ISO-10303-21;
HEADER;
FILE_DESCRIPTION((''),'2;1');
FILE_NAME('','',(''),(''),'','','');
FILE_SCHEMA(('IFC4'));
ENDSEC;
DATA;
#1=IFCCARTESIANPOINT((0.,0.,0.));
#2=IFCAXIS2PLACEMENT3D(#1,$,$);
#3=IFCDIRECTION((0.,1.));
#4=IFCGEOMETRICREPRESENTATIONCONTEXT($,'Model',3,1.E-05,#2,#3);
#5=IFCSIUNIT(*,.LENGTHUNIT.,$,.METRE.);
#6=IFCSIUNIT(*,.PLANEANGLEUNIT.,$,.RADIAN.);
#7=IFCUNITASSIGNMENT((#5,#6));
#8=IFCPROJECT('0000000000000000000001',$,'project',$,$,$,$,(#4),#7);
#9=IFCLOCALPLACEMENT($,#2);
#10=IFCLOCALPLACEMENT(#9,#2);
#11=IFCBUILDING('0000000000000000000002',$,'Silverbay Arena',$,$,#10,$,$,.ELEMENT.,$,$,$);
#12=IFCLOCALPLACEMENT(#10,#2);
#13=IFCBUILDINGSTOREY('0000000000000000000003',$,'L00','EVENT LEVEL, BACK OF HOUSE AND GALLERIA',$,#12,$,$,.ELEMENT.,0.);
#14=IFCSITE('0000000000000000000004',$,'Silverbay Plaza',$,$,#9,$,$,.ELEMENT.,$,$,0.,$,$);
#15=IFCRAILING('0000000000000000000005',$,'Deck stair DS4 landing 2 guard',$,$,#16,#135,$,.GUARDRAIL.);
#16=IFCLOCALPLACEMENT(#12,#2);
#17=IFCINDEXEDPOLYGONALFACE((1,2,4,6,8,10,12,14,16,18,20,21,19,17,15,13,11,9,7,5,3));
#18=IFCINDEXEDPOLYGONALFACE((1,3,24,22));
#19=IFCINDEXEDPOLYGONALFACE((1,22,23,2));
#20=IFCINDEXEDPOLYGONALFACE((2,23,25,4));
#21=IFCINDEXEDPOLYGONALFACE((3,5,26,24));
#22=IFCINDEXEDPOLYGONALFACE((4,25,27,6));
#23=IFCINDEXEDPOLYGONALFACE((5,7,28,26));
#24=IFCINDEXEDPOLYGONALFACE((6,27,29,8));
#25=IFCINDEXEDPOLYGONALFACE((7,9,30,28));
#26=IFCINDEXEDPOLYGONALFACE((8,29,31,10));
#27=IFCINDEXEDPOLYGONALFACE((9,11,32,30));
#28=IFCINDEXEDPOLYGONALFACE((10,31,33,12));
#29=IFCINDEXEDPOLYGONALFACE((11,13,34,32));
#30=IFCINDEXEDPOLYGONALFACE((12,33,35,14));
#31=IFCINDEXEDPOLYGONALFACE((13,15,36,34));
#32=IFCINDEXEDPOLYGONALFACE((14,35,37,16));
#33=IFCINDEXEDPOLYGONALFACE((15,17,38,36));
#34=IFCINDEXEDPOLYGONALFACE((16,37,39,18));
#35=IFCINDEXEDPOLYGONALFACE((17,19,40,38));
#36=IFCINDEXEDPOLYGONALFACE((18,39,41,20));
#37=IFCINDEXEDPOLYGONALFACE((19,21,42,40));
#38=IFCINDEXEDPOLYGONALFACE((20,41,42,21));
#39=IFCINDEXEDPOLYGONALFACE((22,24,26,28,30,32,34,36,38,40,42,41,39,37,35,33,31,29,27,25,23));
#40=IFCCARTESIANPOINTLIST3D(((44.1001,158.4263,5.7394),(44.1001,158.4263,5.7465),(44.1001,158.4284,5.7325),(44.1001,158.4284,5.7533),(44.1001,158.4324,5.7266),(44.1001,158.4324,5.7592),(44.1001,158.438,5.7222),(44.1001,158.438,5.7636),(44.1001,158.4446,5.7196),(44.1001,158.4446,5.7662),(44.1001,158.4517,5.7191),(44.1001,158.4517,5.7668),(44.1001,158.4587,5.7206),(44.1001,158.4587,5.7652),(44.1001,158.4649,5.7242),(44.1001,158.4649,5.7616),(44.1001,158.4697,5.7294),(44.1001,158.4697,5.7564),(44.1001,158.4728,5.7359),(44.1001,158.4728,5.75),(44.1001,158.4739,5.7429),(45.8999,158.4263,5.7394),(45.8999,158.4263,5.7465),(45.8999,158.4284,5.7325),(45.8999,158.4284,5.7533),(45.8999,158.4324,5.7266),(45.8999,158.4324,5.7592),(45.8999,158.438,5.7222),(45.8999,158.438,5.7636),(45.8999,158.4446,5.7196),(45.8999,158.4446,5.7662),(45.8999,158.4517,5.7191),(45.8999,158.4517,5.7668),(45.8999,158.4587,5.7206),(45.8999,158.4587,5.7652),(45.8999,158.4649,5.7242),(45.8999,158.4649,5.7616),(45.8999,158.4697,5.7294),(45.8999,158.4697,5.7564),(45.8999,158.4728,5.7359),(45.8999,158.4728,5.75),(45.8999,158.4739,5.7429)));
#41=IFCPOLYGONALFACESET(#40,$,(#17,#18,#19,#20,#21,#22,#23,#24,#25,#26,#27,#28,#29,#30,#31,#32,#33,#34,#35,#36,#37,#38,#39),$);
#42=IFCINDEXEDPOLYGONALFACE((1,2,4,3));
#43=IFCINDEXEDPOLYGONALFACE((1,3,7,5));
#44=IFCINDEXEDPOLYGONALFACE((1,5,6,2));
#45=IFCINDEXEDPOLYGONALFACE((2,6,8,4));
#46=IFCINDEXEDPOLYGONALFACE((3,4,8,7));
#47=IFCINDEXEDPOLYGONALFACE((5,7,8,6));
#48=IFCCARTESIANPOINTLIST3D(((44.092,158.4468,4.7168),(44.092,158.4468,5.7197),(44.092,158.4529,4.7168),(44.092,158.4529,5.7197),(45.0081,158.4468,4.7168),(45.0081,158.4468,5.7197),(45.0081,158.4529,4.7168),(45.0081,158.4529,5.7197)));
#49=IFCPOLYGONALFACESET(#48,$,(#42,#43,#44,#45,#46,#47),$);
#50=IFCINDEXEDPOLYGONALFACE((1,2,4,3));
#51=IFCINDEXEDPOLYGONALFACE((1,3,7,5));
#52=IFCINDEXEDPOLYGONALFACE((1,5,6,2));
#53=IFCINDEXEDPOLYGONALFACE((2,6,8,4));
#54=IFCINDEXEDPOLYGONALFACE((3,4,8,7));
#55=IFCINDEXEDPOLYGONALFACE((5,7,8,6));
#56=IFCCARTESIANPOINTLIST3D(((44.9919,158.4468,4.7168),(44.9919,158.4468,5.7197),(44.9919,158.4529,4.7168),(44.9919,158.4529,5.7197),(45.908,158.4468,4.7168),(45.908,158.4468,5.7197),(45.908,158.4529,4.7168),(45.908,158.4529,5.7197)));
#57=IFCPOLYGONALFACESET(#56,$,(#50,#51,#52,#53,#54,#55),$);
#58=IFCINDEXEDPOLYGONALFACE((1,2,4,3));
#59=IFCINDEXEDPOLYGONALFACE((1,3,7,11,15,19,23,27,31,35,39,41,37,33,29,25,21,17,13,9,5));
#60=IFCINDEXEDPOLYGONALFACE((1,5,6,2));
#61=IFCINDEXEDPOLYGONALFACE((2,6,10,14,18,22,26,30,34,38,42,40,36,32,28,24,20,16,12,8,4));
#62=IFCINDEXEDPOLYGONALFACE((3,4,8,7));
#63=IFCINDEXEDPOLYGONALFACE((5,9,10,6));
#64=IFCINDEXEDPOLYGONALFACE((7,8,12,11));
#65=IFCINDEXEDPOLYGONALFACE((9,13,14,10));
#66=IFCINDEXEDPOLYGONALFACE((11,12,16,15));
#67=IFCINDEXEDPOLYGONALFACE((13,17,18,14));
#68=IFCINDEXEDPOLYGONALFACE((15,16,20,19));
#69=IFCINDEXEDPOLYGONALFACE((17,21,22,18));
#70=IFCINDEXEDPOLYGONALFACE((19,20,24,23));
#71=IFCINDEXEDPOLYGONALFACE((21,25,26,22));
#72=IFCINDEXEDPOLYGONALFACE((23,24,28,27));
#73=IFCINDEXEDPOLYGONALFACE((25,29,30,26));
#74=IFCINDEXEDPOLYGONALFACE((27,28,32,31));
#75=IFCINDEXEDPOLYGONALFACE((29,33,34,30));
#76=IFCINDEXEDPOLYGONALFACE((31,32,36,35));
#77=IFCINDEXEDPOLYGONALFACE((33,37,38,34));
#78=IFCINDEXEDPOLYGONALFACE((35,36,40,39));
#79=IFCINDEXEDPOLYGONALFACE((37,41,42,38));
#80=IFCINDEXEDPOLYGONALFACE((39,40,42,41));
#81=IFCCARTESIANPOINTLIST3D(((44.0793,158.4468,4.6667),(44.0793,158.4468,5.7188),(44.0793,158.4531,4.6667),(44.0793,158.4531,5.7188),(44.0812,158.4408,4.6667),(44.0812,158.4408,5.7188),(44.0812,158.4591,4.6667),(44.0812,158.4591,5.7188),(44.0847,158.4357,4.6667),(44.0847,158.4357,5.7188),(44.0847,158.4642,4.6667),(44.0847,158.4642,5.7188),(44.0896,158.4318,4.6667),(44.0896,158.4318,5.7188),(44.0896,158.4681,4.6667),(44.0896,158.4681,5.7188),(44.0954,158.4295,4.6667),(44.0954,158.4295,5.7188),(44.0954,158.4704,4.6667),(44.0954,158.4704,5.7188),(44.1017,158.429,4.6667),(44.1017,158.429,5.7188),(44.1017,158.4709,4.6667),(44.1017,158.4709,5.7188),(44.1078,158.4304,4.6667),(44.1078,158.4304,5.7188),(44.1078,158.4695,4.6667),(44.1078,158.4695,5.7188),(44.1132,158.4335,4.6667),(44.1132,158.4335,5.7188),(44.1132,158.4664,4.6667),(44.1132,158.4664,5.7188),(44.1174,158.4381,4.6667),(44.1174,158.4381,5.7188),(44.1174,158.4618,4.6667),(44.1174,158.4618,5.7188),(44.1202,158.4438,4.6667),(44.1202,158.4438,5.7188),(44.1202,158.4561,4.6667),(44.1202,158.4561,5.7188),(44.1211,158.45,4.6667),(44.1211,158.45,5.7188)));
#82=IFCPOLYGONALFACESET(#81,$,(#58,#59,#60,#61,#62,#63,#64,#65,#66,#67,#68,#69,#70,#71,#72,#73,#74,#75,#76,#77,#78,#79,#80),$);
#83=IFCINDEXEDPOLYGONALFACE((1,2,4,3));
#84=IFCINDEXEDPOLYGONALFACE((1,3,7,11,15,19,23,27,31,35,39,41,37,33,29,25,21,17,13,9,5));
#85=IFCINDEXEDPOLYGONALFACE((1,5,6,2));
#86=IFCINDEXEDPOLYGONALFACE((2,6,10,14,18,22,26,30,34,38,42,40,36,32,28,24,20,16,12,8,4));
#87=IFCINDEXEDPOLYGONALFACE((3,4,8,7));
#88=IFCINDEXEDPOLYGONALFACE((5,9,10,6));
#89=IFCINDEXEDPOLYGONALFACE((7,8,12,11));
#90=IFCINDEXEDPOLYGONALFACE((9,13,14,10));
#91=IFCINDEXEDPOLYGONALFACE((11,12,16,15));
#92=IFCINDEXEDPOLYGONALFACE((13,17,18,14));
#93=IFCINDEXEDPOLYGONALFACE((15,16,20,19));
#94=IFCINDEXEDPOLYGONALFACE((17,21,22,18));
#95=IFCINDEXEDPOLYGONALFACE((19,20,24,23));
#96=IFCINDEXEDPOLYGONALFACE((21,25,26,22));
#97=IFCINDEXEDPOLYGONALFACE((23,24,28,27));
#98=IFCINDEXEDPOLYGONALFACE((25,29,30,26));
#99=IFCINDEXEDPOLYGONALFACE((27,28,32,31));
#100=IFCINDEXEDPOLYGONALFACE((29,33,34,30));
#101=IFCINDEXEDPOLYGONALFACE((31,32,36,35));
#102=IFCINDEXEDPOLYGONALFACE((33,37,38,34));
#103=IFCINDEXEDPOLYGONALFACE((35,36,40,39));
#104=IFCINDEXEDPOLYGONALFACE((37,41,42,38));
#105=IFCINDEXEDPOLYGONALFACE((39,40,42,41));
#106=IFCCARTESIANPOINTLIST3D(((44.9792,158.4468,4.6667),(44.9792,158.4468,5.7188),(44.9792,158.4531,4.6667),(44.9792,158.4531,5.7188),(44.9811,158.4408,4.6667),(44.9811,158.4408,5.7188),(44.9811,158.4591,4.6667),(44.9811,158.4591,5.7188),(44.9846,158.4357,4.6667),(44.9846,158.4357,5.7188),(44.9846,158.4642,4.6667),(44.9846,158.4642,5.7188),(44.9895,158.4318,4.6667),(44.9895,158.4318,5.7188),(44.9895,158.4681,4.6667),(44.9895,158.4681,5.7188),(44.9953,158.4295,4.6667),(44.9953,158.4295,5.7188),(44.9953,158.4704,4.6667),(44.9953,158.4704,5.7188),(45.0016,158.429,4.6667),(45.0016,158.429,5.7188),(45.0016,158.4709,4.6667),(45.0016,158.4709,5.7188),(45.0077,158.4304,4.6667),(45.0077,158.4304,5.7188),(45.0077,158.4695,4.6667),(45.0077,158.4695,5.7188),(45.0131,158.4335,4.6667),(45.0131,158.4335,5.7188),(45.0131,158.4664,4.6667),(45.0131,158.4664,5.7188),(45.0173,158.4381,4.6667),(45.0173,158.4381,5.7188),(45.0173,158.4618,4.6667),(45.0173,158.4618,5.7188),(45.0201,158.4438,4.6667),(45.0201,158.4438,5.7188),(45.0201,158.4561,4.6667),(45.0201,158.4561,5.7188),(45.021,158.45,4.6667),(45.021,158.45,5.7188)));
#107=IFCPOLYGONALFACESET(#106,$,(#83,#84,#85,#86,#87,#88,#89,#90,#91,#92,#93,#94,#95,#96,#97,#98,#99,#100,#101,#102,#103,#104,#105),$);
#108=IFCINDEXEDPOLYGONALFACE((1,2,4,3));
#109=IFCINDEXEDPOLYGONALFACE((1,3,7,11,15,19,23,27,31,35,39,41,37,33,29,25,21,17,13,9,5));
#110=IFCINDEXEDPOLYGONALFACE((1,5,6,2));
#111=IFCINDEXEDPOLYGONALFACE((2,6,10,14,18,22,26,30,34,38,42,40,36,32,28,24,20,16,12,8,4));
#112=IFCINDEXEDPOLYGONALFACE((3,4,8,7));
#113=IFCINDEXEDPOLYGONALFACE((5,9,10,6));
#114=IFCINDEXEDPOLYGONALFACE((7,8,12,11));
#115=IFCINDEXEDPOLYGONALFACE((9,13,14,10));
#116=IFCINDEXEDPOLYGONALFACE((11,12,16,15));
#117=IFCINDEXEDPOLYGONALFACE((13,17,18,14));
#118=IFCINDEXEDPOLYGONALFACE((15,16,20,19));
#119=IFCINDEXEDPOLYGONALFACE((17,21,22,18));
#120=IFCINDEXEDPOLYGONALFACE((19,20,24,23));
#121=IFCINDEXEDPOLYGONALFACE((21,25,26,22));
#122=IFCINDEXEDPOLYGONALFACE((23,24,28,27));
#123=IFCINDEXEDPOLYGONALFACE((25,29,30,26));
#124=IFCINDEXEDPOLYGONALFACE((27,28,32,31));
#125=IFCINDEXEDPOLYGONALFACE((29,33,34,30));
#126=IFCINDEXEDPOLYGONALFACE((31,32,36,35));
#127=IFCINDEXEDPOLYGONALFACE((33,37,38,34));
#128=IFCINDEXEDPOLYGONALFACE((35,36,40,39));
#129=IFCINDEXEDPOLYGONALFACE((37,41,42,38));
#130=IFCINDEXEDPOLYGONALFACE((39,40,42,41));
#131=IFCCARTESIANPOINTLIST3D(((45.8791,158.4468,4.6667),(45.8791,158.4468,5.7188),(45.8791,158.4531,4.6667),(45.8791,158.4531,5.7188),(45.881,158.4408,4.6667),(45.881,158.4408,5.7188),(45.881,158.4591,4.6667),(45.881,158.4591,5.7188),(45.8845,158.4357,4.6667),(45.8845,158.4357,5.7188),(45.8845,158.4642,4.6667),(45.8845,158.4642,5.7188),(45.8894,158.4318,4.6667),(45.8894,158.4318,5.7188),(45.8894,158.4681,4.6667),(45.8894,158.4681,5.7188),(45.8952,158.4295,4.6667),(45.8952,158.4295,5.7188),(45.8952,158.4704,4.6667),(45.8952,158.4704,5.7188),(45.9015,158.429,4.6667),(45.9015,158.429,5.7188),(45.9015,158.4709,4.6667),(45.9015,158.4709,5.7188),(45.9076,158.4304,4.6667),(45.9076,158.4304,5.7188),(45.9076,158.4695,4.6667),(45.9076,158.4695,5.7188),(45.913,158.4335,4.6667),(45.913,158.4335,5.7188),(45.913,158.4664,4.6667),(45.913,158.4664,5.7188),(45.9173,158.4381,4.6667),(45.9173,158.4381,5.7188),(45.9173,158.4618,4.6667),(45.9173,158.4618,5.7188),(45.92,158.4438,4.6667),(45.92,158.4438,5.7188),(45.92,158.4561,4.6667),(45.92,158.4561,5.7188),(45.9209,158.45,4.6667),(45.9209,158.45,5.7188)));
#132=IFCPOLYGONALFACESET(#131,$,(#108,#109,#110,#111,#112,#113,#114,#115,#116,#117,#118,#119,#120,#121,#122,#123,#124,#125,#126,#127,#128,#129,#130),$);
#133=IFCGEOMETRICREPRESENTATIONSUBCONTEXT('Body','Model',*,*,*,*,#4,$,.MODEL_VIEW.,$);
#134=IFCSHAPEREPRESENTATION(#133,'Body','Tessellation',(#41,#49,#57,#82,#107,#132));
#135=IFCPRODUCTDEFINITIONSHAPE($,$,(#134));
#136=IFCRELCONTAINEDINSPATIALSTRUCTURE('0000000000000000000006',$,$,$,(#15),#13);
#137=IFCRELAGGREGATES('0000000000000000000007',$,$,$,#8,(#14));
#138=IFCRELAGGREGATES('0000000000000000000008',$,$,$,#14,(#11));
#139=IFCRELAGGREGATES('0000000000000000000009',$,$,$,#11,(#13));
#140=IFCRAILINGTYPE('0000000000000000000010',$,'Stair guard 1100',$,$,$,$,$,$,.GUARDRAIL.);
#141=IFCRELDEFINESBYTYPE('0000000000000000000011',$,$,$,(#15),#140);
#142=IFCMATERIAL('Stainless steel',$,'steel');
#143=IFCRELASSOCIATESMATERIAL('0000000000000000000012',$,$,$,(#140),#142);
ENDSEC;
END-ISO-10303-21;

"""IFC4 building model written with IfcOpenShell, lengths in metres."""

from ifc_helpers import new_model, si_unit, direction, frame, origin, origin_2d, place, context, subcontext, project, spatial, polyline, circle, outline, extrude, material, type_object, element, save


model = new_model("IFC4")

# Units and contexts
model_context = context("Model", 3, precision=1e-05, world=origin(), true_north=direction((0.0, 1.0)))
body_context = subcontext(model_context, "Body", "Model", "MODEL_VIEW")
ifc_project = project(units=[si_unit("LENGTHUNIT", "METRE"), si_unit("PLANEANGLEUNIT", "RADIAN")], contexts=[model_context])

# Site, building, storey
site_placement = place(None, origin())
site = spatial("IfcSite", under=ifc_project, at=site_placement, Name="Silverbay Plaza", CompositionType="ELEMENT", RefElevation=0.0)
building_placement = place(site_placement, origin())
building = spatial("IfcBuilding", under=site, at=building_placement, Name="Silverbay Arena", CompositionType="ELEMENT")
storey_placement = place(building_placement, origin())
storey = spatial("IfcBuildingStorey", under=building, at=storey_placement, Name="L00", Description="EVENT LEVEL, BACK OF HOUSE AND GALLERIA", CompositionType="ELEMENT", Elevation=0.0)

# Railing
ifc_material_1 = material(Name="Stainless steel", Category="steel")
railing_type_1 = type_object("IfcRailingType", Name="Stair guard 1100", PredefinedType="GUARDRAIL", material=ifc_material_1)
railing_1_placement = place(storey_placement, frame((44.1001, 158.45, 4.6667)))
element("IfcRailing", 1, at=railing_1_placement, inside=storey, type_object=railing_type_1, Name="Deck stair DS4 landing 2 guard", PredefinedType="GUARDRAIL", context=body_context, shape_type="SweptSolid", body=[
    extrude(circle(Radius=0.0239, at=origin_2d()), frame((0.0, 0.0, 1.0762), z_axis=(1.0, 0.0, 0.0), x_axis=(0.0, 1.0, 0.0)), (0.0, 0.0, 1.0), 1.7998),
    extrude(outline(polyline([(-0.0081, 0.05), (0.908, 0.05), (0.908, 1.053), (-0.0081, 1.053), (-0.0081, 0.05)])), frame((0.0, 0.0029, 0.0), z_axis=(0.0, -1.0, 0.0), x_axis=(1.0, 0.0, 0.0)), (0.0, 0.0, 1.0), 0.0061),
    extrude(outline(polyline([(-0.0081, 0.05), (0.908, 0.05), (0.908, 1.053), (-0.0081, 1.053), (-0.0081, 0.05)])), frame((0.8999, 0.0029, 0.0), z_axis=(0.0, -1.0, 0.0), x_axis=(1.0, 0.0, 0.0)), (0.0, 0.0, 1.0), 0.0061),
    extrude(circle(Radius=0.021, at=origin_2d()), origin(), (0.0, 0.0, 1.0), 1.052),
    extrude(circle(Radius=0.021, at=origin_2d()), frame((0.8999, 0.0, 0.0)), (0.0, 0.0, 1.0), 1.052),
    extrude(circle(Radius=0.021, at=origin_2d()), frame((1.7998, 0.0, 0.0)), (0.0, 0.0, 1.0), 1.052),
])

save(model, "model.ifc")
